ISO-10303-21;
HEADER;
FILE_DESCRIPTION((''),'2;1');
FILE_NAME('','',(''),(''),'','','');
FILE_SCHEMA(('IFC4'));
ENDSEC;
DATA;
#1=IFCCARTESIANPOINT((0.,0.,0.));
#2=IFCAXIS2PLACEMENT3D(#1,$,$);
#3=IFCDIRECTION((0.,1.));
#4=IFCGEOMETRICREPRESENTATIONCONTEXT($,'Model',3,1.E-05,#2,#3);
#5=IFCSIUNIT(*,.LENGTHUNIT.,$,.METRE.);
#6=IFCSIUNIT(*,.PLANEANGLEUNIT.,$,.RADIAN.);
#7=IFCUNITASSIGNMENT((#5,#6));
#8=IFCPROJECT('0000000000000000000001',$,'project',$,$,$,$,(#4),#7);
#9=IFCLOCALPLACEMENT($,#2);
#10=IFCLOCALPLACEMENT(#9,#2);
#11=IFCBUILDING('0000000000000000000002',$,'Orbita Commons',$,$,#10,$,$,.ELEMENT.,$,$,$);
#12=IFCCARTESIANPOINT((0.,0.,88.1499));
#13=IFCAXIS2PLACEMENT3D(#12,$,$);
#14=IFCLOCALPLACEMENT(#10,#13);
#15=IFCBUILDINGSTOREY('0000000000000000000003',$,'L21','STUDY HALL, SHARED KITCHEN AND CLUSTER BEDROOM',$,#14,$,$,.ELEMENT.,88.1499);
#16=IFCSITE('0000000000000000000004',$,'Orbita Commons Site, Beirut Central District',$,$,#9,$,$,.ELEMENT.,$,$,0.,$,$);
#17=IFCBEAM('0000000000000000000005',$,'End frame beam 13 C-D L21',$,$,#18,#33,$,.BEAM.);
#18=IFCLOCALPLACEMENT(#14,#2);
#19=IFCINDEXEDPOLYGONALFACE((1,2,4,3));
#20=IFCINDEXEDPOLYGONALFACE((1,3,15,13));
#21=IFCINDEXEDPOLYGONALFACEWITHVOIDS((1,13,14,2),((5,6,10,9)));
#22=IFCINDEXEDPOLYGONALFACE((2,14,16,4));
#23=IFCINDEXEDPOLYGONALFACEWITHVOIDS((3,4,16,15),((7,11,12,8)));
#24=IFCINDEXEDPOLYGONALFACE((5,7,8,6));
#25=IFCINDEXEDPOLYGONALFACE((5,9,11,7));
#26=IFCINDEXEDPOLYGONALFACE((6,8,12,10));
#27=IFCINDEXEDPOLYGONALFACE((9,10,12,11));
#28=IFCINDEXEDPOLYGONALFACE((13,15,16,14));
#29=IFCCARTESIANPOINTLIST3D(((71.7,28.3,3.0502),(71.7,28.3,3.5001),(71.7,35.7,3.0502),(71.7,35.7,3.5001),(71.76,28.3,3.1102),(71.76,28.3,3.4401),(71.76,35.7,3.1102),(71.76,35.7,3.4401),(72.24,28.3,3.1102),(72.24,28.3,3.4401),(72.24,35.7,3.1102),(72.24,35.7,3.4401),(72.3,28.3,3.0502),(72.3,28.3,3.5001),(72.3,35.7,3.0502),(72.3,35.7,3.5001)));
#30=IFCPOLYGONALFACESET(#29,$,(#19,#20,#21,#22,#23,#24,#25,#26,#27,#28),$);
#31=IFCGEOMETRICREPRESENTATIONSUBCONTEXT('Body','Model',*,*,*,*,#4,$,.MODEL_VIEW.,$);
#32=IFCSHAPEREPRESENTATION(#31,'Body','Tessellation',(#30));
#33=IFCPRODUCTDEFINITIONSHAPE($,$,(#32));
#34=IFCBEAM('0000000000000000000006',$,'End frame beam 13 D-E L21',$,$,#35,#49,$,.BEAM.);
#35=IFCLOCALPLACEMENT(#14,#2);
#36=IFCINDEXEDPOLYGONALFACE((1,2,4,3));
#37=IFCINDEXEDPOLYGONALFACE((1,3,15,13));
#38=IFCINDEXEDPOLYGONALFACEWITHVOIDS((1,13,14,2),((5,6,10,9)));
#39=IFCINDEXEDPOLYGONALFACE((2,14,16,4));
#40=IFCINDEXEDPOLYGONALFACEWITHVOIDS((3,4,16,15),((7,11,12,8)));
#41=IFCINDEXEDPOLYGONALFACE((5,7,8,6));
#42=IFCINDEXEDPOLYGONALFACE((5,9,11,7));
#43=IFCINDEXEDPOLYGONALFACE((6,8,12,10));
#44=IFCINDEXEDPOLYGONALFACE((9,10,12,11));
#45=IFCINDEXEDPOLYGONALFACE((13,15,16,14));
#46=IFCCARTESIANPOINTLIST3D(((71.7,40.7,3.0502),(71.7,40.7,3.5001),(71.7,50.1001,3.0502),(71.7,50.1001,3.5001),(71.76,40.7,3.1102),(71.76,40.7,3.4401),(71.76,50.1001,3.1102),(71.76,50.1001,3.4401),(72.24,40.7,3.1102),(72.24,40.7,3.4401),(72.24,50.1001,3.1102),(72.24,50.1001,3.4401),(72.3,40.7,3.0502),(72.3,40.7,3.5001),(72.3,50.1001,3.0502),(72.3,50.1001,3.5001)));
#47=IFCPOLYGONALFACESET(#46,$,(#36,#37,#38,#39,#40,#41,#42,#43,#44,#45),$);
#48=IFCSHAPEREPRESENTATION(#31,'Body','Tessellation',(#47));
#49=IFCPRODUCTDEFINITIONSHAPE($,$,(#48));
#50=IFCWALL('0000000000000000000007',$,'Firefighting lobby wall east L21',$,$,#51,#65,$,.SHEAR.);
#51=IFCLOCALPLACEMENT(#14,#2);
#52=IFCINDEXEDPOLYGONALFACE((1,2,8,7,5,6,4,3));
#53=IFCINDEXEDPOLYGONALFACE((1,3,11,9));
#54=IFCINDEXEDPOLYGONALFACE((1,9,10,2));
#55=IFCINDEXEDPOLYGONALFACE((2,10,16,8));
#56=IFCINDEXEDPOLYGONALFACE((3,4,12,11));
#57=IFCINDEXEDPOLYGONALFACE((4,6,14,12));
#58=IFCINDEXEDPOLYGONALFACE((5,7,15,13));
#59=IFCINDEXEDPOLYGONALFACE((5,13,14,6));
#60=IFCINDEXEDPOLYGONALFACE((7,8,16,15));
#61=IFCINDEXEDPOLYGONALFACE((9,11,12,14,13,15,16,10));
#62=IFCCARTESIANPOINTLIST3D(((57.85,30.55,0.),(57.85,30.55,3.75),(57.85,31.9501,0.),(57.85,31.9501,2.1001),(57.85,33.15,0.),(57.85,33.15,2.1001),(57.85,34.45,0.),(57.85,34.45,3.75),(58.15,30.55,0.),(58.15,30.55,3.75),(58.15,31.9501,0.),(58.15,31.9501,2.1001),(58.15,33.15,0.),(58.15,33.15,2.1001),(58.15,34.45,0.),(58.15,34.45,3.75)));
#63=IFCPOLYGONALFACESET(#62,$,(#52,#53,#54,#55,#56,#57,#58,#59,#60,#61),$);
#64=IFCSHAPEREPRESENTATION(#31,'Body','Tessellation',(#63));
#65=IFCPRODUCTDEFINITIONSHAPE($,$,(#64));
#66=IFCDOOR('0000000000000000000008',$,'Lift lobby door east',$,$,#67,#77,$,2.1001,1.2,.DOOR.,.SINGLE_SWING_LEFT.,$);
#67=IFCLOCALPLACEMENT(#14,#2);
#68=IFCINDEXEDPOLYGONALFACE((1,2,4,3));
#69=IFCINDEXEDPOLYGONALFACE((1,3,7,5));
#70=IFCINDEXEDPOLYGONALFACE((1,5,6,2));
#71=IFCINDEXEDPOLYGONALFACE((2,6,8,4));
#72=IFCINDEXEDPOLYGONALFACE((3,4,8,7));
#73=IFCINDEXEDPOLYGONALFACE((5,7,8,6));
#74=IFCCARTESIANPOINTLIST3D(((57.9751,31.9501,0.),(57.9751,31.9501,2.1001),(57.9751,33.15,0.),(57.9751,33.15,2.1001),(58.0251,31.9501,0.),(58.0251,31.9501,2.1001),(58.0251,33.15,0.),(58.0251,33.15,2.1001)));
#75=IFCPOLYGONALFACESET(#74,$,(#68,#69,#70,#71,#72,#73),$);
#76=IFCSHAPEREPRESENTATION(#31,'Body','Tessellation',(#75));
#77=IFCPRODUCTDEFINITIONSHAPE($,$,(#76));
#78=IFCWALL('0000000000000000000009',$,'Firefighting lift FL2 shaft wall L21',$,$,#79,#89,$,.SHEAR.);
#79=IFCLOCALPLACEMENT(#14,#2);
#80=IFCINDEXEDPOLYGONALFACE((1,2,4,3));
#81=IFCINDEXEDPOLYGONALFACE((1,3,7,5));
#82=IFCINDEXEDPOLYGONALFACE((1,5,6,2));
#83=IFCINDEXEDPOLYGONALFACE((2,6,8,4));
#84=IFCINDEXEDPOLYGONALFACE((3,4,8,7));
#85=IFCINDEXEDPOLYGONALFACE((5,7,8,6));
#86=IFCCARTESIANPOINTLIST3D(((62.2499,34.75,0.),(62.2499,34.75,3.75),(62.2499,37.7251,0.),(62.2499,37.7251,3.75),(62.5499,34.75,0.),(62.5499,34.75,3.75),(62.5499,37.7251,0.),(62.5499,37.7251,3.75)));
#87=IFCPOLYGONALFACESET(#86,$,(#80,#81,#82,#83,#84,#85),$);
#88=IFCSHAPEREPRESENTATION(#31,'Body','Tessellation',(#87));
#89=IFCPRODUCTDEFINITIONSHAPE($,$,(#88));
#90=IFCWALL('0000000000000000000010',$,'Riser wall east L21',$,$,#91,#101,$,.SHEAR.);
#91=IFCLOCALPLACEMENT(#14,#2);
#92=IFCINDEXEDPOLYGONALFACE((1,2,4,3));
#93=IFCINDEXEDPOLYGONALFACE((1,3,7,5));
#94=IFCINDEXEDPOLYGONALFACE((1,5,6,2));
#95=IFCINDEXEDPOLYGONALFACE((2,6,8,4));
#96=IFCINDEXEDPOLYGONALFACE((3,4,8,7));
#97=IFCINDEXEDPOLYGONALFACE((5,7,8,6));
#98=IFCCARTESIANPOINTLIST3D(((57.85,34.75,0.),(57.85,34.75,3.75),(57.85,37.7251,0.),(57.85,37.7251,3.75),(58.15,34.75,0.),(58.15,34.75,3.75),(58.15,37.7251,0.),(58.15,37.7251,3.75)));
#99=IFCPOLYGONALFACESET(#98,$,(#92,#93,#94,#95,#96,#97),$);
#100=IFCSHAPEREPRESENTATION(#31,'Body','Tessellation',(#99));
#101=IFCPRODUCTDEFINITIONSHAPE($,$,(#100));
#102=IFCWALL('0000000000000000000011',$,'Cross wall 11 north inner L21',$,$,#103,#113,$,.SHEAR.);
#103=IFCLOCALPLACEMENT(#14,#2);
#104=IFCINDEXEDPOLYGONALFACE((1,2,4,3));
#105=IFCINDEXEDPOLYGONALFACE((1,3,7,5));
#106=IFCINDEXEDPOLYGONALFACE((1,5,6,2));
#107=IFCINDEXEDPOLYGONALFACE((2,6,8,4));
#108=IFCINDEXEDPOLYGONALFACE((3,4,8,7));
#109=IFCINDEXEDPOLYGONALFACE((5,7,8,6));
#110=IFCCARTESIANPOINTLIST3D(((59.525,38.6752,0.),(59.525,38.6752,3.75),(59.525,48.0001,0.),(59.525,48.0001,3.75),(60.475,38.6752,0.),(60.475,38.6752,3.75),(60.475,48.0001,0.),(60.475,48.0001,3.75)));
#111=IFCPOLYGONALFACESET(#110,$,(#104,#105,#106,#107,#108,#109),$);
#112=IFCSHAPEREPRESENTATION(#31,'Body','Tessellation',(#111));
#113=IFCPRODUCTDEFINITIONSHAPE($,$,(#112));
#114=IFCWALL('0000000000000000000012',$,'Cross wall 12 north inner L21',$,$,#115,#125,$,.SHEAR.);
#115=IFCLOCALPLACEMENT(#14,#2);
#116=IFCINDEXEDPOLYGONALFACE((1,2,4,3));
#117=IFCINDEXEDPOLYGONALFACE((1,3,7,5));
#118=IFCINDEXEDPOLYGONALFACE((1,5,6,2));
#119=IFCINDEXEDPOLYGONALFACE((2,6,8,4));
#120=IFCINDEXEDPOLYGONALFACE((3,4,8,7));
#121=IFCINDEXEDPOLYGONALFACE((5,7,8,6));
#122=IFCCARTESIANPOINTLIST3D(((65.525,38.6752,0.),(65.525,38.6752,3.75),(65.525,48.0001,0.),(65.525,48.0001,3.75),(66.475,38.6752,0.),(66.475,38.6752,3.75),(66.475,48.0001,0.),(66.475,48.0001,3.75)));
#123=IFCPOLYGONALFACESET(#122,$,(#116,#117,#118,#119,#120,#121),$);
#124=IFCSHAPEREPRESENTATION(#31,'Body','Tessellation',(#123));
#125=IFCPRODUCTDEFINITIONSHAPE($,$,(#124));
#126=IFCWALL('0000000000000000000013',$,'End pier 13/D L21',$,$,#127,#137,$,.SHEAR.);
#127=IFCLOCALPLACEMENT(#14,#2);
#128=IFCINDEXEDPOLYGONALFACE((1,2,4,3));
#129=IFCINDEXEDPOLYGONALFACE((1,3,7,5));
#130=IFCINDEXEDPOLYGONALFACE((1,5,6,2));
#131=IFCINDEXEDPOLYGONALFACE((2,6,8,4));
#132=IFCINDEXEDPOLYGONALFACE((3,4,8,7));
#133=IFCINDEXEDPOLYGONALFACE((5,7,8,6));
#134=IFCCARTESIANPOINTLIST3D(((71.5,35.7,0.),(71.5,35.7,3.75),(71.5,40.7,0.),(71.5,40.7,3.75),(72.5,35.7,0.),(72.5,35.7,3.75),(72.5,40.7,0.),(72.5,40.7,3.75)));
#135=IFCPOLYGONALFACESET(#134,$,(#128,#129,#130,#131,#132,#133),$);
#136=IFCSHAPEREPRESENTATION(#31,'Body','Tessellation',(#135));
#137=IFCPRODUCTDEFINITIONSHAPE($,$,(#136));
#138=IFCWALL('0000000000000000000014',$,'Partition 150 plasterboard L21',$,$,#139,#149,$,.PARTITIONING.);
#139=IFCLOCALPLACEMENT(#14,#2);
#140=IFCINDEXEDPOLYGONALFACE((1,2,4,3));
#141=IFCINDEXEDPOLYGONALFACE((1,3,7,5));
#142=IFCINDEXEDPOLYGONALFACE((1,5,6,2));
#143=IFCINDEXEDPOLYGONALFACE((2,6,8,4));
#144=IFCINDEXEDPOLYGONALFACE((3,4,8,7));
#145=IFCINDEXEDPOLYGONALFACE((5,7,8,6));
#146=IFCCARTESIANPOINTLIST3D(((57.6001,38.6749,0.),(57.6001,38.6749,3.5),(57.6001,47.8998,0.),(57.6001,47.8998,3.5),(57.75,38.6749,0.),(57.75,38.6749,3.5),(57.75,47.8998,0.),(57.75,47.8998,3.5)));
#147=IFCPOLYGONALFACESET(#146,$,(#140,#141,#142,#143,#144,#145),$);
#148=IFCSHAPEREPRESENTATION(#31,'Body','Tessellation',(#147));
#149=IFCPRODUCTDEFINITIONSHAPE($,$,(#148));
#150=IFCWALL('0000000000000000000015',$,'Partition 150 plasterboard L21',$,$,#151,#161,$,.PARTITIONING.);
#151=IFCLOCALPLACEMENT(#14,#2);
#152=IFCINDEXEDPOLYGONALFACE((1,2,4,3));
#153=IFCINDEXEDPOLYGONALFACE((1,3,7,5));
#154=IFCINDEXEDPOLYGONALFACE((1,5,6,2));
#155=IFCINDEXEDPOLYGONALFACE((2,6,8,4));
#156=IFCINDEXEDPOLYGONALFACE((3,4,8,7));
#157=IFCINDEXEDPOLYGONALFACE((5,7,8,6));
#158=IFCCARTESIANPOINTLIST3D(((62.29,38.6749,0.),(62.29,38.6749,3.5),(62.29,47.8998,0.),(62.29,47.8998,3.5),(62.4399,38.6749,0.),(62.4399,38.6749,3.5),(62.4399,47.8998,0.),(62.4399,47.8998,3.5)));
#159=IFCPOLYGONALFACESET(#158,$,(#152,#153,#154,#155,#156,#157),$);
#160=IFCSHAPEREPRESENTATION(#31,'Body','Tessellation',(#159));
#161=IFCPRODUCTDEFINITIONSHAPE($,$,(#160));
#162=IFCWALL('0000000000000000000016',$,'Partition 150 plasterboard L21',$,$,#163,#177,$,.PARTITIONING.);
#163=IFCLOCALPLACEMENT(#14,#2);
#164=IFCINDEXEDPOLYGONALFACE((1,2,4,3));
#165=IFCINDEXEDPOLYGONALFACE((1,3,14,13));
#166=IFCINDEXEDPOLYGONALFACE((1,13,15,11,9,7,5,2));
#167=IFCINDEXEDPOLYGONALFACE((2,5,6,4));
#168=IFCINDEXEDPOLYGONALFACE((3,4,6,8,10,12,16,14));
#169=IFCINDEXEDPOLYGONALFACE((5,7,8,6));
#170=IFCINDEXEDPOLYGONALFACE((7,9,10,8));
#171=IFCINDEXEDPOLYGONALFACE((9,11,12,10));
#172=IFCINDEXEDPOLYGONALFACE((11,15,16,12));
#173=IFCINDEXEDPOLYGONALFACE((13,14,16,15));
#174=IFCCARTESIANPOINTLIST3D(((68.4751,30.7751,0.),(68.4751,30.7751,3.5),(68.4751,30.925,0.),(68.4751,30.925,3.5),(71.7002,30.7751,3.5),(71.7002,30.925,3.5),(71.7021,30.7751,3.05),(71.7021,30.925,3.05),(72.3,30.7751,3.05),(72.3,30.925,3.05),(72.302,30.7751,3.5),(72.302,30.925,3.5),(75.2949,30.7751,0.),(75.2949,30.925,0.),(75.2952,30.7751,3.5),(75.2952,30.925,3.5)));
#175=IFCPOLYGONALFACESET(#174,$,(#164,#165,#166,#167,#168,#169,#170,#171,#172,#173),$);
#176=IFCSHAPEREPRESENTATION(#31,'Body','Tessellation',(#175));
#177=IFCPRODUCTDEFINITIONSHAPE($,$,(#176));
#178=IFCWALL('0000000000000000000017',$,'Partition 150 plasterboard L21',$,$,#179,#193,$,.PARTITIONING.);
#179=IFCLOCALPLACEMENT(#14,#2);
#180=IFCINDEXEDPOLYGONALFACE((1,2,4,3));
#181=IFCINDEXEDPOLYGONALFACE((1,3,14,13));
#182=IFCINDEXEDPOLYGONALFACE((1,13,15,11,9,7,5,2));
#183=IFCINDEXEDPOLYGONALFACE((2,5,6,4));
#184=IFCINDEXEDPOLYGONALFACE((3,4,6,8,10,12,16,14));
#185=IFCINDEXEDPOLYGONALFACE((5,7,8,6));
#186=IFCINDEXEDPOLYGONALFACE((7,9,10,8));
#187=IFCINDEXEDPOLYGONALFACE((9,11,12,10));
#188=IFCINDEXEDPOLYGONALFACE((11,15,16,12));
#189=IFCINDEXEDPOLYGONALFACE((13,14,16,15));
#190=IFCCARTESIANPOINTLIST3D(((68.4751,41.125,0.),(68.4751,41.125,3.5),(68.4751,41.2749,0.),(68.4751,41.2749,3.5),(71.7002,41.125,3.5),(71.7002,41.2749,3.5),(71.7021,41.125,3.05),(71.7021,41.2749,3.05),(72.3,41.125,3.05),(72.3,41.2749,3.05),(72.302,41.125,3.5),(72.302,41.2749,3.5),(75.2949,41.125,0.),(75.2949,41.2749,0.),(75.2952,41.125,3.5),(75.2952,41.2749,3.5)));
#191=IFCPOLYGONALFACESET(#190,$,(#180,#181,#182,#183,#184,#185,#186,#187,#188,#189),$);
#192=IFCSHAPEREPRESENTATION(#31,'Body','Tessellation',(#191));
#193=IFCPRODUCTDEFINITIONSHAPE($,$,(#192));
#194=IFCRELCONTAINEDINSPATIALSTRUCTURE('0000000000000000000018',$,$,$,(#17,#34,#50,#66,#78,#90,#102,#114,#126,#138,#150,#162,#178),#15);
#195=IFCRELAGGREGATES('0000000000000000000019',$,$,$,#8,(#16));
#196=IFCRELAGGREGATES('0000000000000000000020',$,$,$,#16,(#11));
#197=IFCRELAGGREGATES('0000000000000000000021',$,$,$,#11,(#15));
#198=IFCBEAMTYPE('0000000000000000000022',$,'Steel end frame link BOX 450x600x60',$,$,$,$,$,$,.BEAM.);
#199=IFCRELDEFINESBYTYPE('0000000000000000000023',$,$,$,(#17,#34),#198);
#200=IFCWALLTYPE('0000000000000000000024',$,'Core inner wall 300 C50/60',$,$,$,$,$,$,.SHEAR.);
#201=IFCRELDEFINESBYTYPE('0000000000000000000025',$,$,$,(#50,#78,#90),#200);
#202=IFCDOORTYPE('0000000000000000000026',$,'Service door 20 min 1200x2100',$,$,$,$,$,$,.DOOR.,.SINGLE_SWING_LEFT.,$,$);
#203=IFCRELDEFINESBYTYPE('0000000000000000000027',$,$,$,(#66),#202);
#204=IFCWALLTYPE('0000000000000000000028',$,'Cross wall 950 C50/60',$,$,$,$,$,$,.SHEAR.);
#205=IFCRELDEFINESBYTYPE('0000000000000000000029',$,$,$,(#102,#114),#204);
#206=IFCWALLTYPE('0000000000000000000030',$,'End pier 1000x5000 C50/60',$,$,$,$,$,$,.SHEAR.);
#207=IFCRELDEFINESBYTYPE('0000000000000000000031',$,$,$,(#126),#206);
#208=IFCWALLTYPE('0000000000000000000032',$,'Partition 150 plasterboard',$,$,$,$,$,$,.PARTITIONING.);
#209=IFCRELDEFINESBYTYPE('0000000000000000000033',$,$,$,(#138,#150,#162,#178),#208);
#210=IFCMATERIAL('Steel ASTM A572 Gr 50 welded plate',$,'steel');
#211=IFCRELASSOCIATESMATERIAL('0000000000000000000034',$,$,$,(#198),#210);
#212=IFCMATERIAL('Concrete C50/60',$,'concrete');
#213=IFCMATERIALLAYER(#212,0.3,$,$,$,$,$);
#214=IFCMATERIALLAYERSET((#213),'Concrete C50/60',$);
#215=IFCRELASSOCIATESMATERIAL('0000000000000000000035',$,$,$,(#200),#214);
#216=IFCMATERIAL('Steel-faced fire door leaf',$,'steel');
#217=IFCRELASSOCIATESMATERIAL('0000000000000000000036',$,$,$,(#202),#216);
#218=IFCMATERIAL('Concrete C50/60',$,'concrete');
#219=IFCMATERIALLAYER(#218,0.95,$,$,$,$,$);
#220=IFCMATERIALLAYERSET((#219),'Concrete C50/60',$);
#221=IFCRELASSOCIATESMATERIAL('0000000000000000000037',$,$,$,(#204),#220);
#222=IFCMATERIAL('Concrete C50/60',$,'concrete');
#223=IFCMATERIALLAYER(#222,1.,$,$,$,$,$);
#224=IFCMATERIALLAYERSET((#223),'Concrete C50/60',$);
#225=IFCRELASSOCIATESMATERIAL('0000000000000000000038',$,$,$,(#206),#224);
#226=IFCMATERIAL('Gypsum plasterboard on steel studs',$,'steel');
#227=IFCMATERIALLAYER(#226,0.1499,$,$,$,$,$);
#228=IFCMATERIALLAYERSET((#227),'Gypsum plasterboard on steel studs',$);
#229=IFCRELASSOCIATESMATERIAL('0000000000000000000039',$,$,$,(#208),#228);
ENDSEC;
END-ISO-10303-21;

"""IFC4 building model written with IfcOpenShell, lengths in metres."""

from ifc_helpers import new_model, si_unit, direction, frame, frame_2d, origin, origin_2d, place, context, subcontext, project, spatial, polyline, rectangle, hollow_rectangle, outline, extrude, material, layer, layer_set, material_profile, profile_set, type_object, element, fill, save


model = new_model("IFC4")

# Units and contexts
model_context = context("Model", 3, precision=1e-05, world=origin(), true_north=direction((0.0, 1.0)))
body_context = subcontext(model_context, "Body", "Model", "MODEL_VIEW")
ifc_project = project(units=[si_unit("LENGTHUNIT", "METRE"), si_unit("PLANEANGLEUNIT", "RADIAN")], contexts=[model_context])

# Site, building, storey
site_placement = place(None, origin())
site = spatial("IfcSite", under=ifc_project, at=site_placement, Name="Orbita Commons Site, Beirut Central District", CompositionType="ELEMENT", RefElevation=0.0)
building_placement = place(site_placement, origin())
building = spatial("IfcBuilding", under=site, at=building_placement, Name="Orbita Commons", CompositionType="ELEMENT")
storey_placement = place(building_placement, frame((0.0, 0.0, 88.1499)))
storey = spatial("IfcBuildingStorey", under=building, at=storey_placement, Name="L21", Description="STUDY HALL, SHARED KITCHEN AND CLUSTER BEDROOM", CompositionType="ELEMENT", Elevation=88.1499)

# Beams
ifc_material_1 = material(Name="Steel ASTM A572 Gr 50 welded plate", Category="steel")
ifc_material_profile = material_profile(ifc_material_1, hollow_rectangle(XDim=0.6001, YDim=0.45, WallThickness=0.0601, at=origin_2d()), Name="BOX 450x600x60")
ifc_profile_set = profile_set([ifc_material_profile], Name="Steel ASTM A572 Gr 50 welded plate")
beam_type = type_object("IfcBeamType", Name="Steel end frame link BOX 450x600x60", PredefinedType="BEAM", material=ifc_profile_set)
beam_1_placement = place(storey_placement, frame((72.0, 28.3, 3.2751), z_axis=(0.0, 1.0, 0.0), x_axis=(-1.0, 0.0, 0.0)))
element("IfcBeam", 1, at=beam_1_placement, inside=storey, type_object=beam_type, Name="End frame beam 13 C-D L21", PredefinedType="BEAM", context=body_context, shape_type="SweptSolid", body=[
    extrude(hollow_rectangle(XDim=0.6001, YDim=0.45, WallThickness=0.0601, at=origin_2d()), origin(), (0.0, 0.0, 1.0), 7.3999),
])
beam_2_placement = place(storey_placement, frame((72.0, 40.7, 3.2751), z_axis=(0.0, 1.0, 0.0), x_axis=(-1.0, 0.0, 0.0)))
element("IfcBeam", 2, at=beam_2_placement, inside=storey, type_object=beam_type, Name="End frame beam 13 D-E L21", PredefinedType="BEAM", context=body_context, shape_type="SweptSolid", body=[
    extrude(hollow_rectangle(XDim=0.6001, YDim=0.45, WallThickness=0.0601, at=origin_2d()), origin(), (0.0, 0.0, 1.0), 9.4001),
])

# Wall, opening, door
ifc_material_2 = material(Name="Concrete C50/60", Category="concrete")
ifc_layer_1 = layer(ifc_material_2, 0.3)
ifc_layer_set_1 = layer_set([ifc_layer_1], Name="Concrete C50/60")
wall_type_1 = type_object("IfcWallType", Name="Core inner wall 300 C50/60", PredefinedType="SHEAR", material=ifc_layer_set_1)
wall_1_placement = place(storey_placement, frame((58.0, 30.55, 0.0), z_axis=(0.0, 0.0, 1.0), x_axis=(0.0, 1.0, 0.0)))
wall_1 = element("IfcWall", 3, at=wall_1_placement, inside=storey, type_object=wall_type_1, Name="Firefighting lobby wall east L21", PredefinedType="SHEAR", context=body_context, shape_type="SweptSolid", body=[
    extrude(rectangle(XDim=3.8999, YDim=0.3, at=frame_2d((1.95, 0.0))), origin(), (0.0, 0.0, 1.0), 3.75),
])
opening_placement = place(wall_1_placement, frame((1.3999, 0.0, 0.0)))
opening = element("IfcOpeningElement", 4, at=opening_placement, cuts=wall_1, PredefinedType="OPENING", context=body_context, shape_type="SweptSolid", body=[
    extrude(rectangle(XDim=1.2, YDim=2.1001, at=frame_2d((0.6001, 1.05))), frame((0.0, 0.1599, 0.0), z_axis=(0.0, -1.0, 0.0), x_axis=(1.0, 0.0, 0.0)), (0.0, 0.0, 1.0), 0.3201),
])
ifc_material_3 = material(Name="Steel-faced fire door leaf", Category="steel")
door_type = type_object("IfcDoorType", Name="Service door 20 min 1200x2100", OperationType="SINGLE_SWING_LEFT", PredefinedType="DOOR", material=ifc_material_3)
door_placement = place(opening_placement, origin())
door = element("IfcDoor", 5, at=door_placement, inside=storey, type_object=door_type, Name="Lift lobby door east", OperationType="SINGLE_SWING_LEFT", OverallHeight=2.1001, OverallWidth=1.2, PredefinedType="DOOR", context=body_context, shape_type="SweptSolid", body=[
    extrude(rectangle(XDim=1.2, YDim=2.1001, at=frame_2d((0.6001, 1.05))), frame((0.0, 0.0249, 0.0), z_axis=(0.0, -1.0, 0.0), x_axis=(1.0, 0.0, 0.0)), (0.0, 0.0, 1.0), 0.05),
])
fill(opening, door)

# Walls
for number, where, z_axis, x_axis, name in (
    (6, (62.3999, 34.75, 0.0), (0.0, 0.0, 1.0), (0.0, 1.0, 0.0), "Firefighting lift FL2 shaft wall L21"),
    (7, (58.0, 34.75, 0.0), (0.0, 0.0, 1.0), (0.0, 1.0, 0.0), "Riser wall east L21"),
):
    element("IfcWall", number, at=place(storey_placement, frame(where, z_axis=z_axis, x_axis=x_axis)), inside=storey, type_object=wall_type_1, Name=name, PredefinedType="SHEAR", context=body_context, shape_type="SweptSolid", body=[
        extrude(rectangle(XDim=2.9751, YDim=0.3, at=frame_2d((1.4875, 0.0))), origin(), (0.0, 0.0, 1.0), 3.75),
    ])
ifc_material_4 = material(Name="Concrete C50/60", Category="concrete")
ifc_layer_2 = layer(ifc_material_4, 0.95)
ifc_layer_set_2 = layer_set([ifc_layer_2], Name="Concrete C50/60")
wall_type_2 = type_object("IfcWallType", Name="Cross wall 950 C50/60", PredefinedType="SHEAR", material=ifc_layer_set_2)
for number, where, z_axis, x_axis, name in (
    (8, (60.0, 38.675, 0.0), (0.0, 0.0, 1.0), (0.0, 1.0, 0.0), "Cross wall 11 north inner L21"),
    (9, (66.0, 38.675, 0.0), (0.0, 0.0, 1.0), (0.0, 1.0, 0.0), "Cross wall 12 north inner L21"),
):
    element("IfcWall", number, at=place(storey_placement, frame(where, z_axis=z_axis, x_axis=x_axis)), inside=storey, type_object=wall_type_2, Name=name, PredefinedType="SHEAR", context=body_context, shape_type="SweptSolid", body=[
        extrude(rectangle(XDim=9.325, YDim=0.95, at=frame_2d((4.6626, 0.0))), origin(), (0.0, 0.0, 1.0), 3.75),
    ])
ifc_material_5 = material(Name="Concrete C50/60", Category="concrete")
ifc_layer_3 = layer(ifc_material_5, 1.0)
ifc_layer_set_3 = layer_set([ifc_layer_3], Name="Concrete C50/60")
wall_type_3 = type_object("IfcWallType", Name="End pier 1000x5000 C50/60", PredefinedType="SHEAR", material=ifc_layer_set_3)
wall_2_placement = place(storey_placement, frame((72.0, 35.7, 0.0), z_axis=(0.0, 0.0, 1.0), x_axis=(0.0, 1.0, 0.0)))
element("IfcWall", 10, at=wall_2_placement, inside=storey, type_object=wall_type_3, Name="End pier 13/D L21", PredefinedType="SHEAR", context=body_context, shape_type="SweptSolid", body=[
    extrude(rectangle(XDim=5.0, YDim=1.0, at=frame_2d((2.5, 0.0))), origin(), (0.0, 0.0, 1.0), 3.75),
])
ifc_material_6 = material(Name="Gypsum plasterboard on steel studs", Category="steel")
ifc_layer_4 = layer(ifc_material_6, 0.1499)
ifc_layer_set_4 = layer_set([ifc_layer_4], Name="Gypsum plasterboard on steel studs")
wall_type_4 = type_object("IfcWallType", Name="Partition 150 plasterboard", PredefinedType="PARTITIONING", material=ifc_layer_set_4)
for number, where, z_axis, x_axis, name in (
    (11, (57.675, 38.675, 0.0), (0.0, 0.0, 1.0), (0.0, 1.0, 0.0), "Partition 150 plasterboard L21"),
    (12, (62.365, 38.675, 0.0), (0.0, 0.0, 1.0), (0.0, 1.0, 0.0), "Partition 150 plasterboard L21"),
):
    element("IfcWall", number, at=place(storey_placement, frame(where, z_axis=z_axis, x_axis=x_axis)), inside=storey, type_object=wall_type_4, Name=name, PredefinedType="PARTITIONING", context=body_context, shape_type="SweptSolid", body=[
        extrude(rectangle(XDim=9.2249, YDim=0.1499, at=frame_2d((4.6123, 0.0))), origin(), (0.0, 0.0, 1.0), 3.5),
    ])
for number, where, z_axis, x_axis, name in (
    (13, (68.4751, 30.8501, 0.0), (0.0, 0.0, 1.0), (1.0, 0.0, 0.0), "Partition 150 plasterboard L21"),
    (14, (68.4751, 41.2, 0.0), (0.0, 0.0, 1.0), (1.0, 0.0, 0.0), "Partition 150 plasterboard L21"),
):
    element("IfcWall", number, at=place(storey_placement, frame(where, z_axis=z_axis, x_axis=x_axis)), inside=storey, type_object=wall_type_4, Name=name, PredefinedType="PARTITIONING", context=body_context, shape_type="SweptSolid", body=[
        extrude(outline(polyline([(0.0, 0.0), (6.8198, 0.0), (6.8201, 3.5), (3.8269, 3.5), (3.825, 3.05), (3.2271, 3.05), (3.2251, 3.5), (0.0, 3.5), (0.0, 0.0)])), frame((0.0, 0.075, 0.0), z_axis=(0.0, -1.0, 0.0), x_axis=(1.0, 0.0, 0.0)), (0.0, 0.0, 1.0), 0.1499),
    ])

save(model, "model.ifc")
